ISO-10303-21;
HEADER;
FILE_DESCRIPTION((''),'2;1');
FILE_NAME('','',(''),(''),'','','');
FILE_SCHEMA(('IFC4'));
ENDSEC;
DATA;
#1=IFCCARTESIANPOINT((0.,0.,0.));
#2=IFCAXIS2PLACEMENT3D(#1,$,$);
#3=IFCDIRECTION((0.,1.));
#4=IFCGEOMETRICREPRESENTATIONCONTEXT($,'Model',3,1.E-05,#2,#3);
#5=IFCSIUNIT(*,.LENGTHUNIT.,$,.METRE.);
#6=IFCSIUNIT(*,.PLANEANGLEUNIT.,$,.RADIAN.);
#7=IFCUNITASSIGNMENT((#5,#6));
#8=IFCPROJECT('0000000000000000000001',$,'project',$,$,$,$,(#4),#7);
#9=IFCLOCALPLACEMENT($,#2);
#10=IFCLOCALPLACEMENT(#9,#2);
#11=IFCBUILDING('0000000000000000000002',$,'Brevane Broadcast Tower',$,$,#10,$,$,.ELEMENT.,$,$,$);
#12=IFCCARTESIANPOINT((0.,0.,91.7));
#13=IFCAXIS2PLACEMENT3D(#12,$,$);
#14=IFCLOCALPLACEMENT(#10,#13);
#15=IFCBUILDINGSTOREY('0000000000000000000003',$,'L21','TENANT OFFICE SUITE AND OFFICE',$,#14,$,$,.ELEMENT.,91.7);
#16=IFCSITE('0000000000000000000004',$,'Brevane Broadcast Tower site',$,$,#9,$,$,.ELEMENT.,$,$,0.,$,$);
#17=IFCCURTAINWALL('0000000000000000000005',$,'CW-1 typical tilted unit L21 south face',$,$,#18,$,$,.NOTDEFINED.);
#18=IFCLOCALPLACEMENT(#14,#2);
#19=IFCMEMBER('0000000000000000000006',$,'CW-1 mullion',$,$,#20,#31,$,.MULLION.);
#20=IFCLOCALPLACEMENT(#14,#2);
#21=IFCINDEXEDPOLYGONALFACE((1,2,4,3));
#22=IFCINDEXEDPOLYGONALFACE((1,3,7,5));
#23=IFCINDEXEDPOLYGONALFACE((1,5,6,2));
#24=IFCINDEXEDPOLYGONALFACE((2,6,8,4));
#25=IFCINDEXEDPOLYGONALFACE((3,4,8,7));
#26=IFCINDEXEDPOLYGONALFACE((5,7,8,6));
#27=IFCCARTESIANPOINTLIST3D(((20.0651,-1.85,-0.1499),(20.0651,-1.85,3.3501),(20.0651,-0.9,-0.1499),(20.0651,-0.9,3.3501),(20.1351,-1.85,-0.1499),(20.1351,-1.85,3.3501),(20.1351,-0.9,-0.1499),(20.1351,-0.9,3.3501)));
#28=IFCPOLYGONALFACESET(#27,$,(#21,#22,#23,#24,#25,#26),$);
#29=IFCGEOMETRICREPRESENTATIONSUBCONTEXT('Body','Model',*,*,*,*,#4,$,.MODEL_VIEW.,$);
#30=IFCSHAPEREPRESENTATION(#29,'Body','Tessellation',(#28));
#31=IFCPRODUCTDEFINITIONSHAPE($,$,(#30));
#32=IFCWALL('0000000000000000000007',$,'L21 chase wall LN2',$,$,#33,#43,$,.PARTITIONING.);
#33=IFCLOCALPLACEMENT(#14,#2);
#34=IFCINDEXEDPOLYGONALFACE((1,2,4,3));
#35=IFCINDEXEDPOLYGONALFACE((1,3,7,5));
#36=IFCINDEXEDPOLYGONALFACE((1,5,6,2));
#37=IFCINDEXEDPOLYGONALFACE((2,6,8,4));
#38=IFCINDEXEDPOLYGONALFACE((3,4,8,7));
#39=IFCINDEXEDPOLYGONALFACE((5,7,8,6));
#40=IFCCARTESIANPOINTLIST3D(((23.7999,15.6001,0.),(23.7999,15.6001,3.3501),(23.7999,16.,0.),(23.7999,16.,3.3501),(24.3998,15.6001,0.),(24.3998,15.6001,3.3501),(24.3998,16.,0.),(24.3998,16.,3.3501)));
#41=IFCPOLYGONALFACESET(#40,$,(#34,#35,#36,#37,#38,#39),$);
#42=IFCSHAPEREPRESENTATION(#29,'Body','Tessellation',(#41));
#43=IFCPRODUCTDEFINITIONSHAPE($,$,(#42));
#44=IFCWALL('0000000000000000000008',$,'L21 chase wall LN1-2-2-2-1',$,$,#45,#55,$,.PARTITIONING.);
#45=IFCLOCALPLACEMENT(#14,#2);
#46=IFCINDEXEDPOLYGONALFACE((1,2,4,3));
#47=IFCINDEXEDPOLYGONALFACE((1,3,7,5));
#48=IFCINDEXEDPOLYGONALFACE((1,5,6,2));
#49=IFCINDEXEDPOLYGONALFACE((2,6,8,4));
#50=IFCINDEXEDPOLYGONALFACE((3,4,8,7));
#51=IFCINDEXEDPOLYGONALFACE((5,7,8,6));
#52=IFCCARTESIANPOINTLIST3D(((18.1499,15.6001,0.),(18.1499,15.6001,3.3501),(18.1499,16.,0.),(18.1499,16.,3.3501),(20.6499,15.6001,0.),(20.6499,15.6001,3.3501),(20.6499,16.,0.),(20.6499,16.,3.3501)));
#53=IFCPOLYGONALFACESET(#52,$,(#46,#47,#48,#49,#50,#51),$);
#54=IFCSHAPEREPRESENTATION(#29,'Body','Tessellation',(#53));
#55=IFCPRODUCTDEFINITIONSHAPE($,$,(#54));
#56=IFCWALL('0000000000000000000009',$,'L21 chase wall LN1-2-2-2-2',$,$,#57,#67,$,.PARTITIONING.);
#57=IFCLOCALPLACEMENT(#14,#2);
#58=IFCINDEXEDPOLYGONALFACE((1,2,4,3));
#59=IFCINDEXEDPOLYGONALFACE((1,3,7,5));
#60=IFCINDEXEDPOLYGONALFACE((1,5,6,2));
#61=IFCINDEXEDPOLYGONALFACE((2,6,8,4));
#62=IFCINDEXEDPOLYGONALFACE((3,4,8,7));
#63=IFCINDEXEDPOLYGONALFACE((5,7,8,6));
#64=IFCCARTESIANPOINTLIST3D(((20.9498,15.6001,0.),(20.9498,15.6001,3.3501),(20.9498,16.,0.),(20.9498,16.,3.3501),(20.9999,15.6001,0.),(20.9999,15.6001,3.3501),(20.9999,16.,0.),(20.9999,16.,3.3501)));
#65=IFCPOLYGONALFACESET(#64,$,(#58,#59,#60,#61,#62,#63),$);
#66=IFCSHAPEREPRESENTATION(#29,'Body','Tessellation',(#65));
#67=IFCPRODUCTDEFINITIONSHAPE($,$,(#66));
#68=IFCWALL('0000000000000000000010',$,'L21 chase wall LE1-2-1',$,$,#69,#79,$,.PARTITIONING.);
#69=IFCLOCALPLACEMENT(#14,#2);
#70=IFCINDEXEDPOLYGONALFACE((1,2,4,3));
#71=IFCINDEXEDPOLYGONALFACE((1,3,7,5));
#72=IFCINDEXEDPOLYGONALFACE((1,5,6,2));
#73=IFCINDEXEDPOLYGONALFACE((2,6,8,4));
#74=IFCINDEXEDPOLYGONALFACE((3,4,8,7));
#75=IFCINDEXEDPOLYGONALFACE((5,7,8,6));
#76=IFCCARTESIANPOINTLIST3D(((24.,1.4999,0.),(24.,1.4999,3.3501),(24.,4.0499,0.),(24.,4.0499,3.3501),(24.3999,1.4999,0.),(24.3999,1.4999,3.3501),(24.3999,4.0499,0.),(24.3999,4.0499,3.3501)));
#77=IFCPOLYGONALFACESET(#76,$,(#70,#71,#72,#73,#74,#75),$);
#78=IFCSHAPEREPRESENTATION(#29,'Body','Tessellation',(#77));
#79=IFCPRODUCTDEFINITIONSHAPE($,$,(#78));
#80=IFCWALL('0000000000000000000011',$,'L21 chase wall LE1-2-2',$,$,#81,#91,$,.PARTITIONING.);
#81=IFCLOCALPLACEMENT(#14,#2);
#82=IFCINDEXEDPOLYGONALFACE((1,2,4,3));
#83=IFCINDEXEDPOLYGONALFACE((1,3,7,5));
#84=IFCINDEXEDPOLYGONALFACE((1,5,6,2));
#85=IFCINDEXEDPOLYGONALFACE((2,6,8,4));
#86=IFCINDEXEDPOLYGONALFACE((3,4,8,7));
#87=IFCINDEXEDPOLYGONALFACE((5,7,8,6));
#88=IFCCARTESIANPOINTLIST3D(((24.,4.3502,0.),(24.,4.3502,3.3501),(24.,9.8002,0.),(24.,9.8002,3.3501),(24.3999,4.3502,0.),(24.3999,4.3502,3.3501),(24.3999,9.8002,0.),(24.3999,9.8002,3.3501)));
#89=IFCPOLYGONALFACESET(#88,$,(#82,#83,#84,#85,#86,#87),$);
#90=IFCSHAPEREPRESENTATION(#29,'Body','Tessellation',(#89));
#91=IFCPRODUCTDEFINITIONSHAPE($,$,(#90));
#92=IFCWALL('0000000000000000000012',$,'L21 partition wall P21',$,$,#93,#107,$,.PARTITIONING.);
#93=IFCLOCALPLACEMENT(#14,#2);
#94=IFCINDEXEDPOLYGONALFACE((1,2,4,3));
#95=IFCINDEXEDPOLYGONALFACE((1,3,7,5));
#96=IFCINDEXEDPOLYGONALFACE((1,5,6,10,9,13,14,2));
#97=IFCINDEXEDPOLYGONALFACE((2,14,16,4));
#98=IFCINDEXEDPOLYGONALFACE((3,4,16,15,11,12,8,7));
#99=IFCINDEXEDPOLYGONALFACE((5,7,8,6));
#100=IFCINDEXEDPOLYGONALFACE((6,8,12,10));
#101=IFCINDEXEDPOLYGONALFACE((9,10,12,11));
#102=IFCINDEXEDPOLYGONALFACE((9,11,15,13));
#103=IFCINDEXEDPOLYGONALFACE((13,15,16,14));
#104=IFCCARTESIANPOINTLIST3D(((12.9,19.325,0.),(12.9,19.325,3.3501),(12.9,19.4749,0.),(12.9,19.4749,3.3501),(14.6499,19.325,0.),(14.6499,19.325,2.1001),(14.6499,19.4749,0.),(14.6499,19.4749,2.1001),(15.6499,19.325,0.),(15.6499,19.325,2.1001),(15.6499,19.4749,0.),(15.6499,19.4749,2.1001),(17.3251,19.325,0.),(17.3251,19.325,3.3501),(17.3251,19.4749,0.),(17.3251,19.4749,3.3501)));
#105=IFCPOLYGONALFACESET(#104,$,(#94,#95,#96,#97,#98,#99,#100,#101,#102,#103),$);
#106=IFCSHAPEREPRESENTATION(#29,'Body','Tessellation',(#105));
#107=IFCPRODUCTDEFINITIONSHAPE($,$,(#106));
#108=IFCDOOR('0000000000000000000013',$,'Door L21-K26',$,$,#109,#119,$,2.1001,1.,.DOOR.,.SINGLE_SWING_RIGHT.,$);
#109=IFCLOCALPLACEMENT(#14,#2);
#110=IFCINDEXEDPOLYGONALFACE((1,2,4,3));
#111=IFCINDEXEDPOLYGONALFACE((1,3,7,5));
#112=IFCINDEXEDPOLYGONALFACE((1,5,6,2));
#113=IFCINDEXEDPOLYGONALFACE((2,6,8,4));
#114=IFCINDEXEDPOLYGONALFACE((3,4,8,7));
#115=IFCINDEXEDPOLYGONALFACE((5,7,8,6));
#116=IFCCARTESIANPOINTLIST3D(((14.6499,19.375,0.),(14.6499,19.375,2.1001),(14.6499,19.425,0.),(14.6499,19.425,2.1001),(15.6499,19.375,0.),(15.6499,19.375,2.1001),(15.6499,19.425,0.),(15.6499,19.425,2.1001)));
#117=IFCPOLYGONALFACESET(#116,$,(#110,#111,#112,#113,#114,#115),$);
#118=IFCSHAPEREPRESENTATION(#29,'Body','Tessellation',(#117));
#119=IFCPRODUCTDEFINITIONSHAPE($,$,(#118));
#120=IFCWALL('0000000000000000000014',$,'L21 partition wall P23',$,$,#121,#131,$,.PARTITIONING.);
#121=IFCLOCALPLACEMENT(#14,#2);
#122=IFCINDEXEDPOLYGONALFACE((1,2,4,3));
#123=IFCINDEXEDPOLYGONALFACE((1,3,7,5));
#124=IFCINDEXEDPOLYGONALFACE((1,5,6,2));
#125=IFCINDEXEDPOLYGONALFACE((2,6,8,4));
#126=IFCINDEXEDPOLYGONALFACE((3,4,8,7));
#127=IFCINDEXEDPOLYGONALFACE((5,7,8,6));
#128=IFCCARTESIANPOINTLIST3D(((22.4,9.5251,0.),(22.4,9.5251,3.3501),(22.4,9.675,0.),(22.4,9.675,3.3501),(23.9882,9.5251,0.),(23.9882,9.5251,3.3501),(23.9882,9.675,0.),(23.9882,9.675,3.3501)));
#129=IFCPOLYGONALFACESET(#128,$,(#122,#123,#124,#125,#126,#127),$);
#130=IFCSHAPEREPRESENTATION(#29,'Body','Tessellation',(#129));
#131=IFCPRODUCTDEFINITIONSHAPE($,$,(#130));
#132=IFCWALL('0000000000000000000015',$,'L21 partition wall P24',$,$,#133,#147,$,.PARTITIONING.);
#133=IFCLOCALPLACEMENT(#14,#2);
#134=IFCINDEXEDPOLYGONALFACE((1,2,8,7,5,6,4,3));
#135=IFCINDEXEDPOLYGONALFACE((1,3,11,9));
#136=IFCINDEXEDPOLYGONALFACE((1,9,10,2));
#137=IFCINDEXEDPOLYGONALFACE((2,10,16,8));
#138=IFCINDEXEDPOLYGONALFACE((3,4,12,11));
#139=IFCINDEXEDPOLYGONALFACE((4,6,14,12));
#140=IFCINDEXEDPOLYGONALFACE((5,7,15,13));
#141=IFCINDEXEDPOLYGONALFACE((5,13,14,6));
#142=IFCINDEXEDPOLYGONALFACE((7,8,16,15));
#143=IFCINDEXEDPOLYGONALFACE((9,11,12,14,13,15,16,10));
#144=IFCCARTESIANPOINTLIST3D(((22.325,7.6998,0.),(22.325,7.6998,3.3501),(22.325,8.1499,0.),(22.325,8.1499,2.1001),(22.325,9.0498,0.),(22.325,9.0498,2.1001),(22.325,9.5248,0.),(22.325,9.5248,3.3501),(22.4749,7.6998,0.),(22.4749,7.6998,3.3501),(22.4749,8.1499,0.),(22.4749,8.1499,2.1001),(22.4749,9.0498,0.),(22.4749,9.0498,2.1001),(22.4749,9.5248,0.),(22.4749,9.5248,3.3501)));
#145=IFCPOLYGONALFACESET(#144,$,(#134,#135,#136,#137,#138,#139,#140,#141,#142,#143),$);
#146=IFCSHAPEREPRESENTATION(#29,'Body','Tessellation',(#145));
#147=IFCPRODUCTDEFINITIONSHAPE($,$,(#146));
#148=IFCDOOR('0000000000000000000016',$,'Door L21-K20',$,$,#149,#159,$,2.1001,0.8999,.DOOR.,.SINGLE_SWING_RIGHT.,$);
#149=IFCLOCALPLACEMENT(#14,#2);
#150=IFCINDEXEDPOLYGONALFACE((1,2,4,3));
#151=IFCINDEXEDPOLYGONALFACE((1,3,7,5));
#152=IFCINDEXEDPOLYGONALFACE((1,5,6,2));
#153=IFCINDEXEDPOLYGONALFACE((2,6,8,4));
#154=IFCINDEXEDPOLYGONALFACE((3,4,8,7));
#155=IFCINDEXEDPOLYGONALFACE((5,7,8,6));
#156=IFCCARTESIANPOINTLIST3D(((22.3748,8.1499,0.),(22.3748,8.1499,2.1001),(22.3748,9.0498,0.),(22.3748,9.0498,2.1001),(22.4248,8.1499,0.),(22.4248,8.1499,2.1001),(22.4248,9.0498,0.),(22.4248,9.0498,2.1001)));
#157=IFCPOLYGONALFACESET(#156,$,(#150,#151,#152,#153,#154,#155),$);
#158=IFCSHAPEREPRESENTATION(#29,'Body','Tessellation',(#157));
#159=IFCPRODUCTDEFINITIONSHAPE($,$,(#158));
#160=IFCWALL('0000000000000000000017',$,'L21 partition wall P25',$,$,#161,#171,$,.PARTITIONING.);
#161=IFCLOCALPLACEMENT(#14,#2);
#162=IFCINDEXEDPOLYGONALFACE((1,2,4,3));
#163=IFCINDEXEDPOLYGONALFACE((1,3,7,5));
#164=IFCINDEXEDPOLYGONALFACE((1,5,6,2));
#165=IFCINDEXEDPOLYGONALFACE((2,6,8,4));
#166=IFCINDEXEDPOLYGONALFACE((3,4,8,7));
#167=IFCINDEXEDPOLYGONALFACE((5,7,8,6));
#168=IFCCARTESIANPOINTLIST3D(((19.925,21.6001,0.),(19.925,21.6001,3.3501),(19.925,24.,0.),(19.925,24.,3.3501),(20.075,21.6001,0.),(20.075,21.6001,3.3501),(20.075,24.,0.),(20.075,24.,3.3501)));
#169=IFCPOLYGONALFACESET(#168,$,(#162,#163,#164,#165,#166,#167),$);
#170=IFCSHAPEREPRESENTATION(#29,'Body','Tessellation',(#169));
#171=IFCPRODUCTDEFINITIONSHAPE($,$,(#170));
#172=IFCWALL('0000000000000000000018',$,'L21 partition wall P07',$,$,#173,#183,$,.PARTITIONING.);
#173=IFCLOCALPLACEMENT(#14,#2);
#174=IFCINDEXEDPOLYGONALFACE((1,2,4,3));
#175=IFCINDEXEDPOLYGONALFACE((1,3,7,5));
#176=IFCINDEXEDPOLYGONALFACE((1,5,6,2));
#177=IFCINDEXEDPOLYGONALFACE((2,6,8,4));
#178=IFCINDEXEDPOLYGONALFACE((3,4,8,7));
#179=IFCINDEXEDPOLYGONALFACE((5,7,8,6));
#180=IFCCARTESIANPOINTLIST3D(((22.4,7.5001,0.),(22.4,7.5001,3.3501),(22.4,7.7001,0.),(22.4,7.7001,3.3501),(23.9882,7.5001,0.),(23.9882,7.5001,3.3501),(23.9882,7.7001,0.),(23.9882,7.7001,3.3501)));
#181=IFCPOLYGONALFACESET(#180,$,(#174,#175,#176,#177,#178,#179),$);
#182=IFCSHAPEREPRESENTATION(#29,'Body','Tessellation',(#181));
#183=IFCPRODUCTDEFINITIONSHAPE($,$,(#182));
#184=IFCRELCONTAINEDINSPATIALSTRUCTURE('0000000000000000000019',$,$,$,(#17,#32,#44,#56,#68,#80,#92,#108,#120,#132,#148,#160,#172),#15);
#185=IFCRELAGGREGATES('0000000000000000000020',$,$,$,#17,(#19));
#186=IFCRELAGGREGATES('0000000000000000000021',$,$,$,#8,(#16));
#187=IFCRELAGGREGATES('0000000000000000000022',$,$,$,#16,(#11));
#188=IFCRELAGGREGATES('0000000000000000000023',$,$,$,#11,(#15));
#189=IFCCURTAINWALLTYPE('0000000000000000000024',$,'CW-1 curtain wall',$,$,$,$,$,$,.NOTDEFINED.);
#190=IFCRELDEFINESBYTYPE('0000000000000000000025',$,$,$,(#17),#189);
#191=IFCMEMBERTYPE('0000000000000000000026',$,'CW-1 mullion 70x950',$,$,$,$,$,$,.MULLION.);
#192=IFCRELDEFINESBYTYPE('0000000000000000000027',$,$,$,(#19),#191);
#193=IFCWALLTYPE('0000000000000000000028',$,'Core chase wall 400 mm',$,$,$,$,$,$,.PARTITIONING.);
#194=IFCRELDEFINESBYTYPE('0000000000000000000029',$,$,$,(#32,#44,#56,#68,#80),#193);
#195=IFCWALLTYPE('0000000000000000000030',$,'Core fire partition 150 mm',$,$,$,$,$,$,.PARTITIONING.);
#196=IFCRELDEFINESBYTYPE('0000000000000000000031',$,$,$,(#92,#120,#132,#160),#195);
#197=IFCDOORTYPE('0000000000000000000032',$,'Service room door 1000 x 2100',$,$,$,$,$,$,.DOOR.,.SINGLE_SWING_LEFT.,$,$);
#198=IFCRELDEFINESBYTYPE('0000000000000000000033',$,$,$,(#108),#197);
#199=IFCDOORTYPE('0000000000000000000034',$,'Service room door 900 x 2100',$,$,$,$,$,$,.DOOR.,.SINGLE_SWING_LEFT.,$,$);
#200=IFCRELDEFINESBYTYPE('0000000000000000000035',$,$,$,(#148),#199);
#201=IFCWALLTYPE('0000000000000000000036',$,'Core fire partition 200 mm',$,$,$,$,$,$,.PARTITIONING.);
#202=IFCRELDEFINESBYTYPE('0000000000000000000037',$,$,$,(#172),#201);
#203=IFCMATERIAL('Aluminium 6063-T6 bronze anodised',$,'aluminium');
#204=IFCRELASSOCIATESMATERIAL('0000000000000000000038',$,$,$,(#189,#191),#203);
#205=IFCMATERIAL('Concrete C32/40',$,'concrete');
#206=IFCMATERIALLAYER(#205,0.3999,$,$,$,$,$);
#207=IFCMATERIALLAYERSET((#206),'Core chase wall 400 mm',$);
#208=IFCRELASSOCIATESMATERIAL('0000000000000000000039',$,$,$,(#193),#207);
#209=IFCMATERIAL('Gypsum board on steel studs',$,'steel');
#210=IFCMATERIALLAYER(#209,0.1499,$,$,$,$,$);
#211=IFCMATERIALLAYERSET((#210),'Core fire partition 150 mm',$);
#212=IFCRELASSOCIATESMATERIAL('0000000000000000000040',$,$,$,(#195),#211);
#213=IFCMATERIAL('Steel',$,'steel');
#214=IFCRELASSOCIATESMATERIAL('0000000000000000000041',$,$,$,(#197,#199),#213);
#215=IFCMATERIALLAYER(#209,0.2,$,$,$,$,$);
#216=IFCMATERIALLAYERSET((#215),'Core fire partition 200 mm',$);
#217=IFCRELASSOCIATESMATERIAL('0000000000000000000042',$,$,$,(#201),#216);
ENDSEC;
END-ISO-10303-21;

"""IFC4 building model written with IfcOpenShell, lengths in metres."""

from ifc_helpers import new_model, si_unit, direction, frame, frame_2d, origin, origin_2d, place, context, subcontext, project, spatial, rectangle, extrude, material, layer, layer_set, material_profile, profile_set, type_object, element, fill, aggregate, save


model = new_model("IFC4")

# Units and contexts
model_context = context("Model", 3, precision=1e-05, world=origin(), true_north=direction((0.0, 1.0)))
body_context = subcontext(model_context, "Body", "Model", "MODEL_VIEW")
ifc_project = project(units=[si_unit("LENGTHUNIT", "METRE"), si_unit("PLANEANGLEUNIT", "RADIAN")], contexts=[model_context])

# Site, building, storey
site_placement = place(None, origin())
site = spatial("IfcSite", under=ifc_project, at=site_placement, Name="Brevane Broadcast Tower site", CompositionType="ELEMENT", RefElevation=0.0)
building_placement = place(site_placement, origin())
building = spatial("IfcBuilding", under=site, at=building_placement, Name="Brevane Broadcast Tower", CompositionType="ELEMENT")
storey_placement = place(building_placement, frame((0.0, 0.0, 91.7)))
storey = spatial("IfcBuildingStorey", under=building, at=storey_placement, Name="L21", Description="TENANT OFFICE SUITE AND OFFICE", CompositionType="ELEMENT", Elevation=91.7)

# Curtain wall, member
ifc_material_1 = material(Name="Aluminium 6063-T6 bronze anodised", Category="aluminium")
curtain_wall_type = type_object("IfcCurtainWallType", Name="CW-1 curtain wall", PredefinedType="NOTDEFINED", material=ifc_material_1)
curtain_wall_placement = place(storey_placement, origin())
curtain_wall = element("IfcCurtainWall", 1, at=curtain_wall_placement, inside=storey, type_object=curtain_wall_type, Name="CW-1 typical tilted unit L21 south face", PredefinedType="NOTDEFINED")
ifc_material_profile = material_profile(ifc_material_1, rectangle(XDim=0.95, YDim=0.0701, at=origin_2d()), Name="RECT 70x950")
ifc_profile_set = profile_set([ifc_material_profile], Name="Aluminium 6063-T6 bronze anodised")
member_type = type_object("IfcMemberType", Name="CW-1 mullion 70x950", PredefinedType="MULLION", material=ifc_profile_set)
member_placement = place(storey_placement, frame((20.1001, -1.375, -0.1499), z_axis=(0.0, 0.0, 1.0), x_axis=(0.0, 1.0, 0.0)))
member = element("IfcMember", 2, at=member_placement, type_object=member_type, Name="CW-1 mullion", PredefinedType="MULLION", context=body_context, shape_type="SweptSolid", body=[
    extrude(rectangle(XDim=0.95, YDim=0.0701, at=origin_2d()), origin(), (0.0, 0.0, 1.0), 3.5),
])
aggregate(curtain_wall, [member])

# Walls
ifc_material_2 = material(Name="Concrete C32/40", Category="concrete")
ifc_layer_1 = layer(ifc_material_2, 0.3999)
ifc_layer_set_1 = layer_set([ifc_layer_1], Name="Core chase wall 400 mm")
wall_type_1 = type_object("IfcWallType", Name="Core chase wall 400 mm", PredefinedType="PARTITIONING", material=ifc_layer_set_1)
wall_1_placement = place(storey_placement, frame((23.8, 15.8, 0.0), z_axis=(0.0, 0.0, 1.0), x_axis=(1.0, 0.0, 0.0)))
element("IfcWall", 3, at=wall_1_placement, inside=storey, type_object=wall_type_1, Name="L21 chase wall LN2", PredefinedType="PARTITIONING", context=body_context, shape_type="SweptSolid", body=[
    extrude(rectangle(XDim=0.5999, YDim=0.3999, at=frame_2d((0.2998, 0.0))), origin(), (0.0, 0.0, 1.0), 3.3501),
])
wall_2_placement = place(storey_placement, frame((18.1499, 15.8, 0.0), z_axis=(0.0, 0.0, 1.0), x_axis=(1.0, 0.0, 0.0)))
element("IfcWall", 4, at=wall_2_placement, inside=storey, type_object=wall_type_1, Name="L21 chase wall LN1-2-2-2-1", PredefinedType="PARTITIONING", context=body_context, shape_type="SweptSolid", body=[
    extrude(rectangle(XDim=2.5, YDim=0.3999, at=frame_2d((1.25, 0.0))), origin(), (0.0, 0.0, 1.0), 3.3501),
])
wall_3_placement = place(storey_placement, frame((20.95, 15.8, 0.0), z_axis=(0.0, 0.0, 1.0), x_axis=(1.0, 0.0, 0.0)))
element("IfcWall", 5, at=wall_3_placement, inside=storey, type_object=wall_type_1, Name="L21 chase wall LN1-2-2-2-2", PredefinedType="PARTITIONING", context=body_context, shape_type="SweptSolid", body=[
    extrude(rectangle(XDim=0.05, YDim=0.3999, at=frame_2d((0.0249, 0.0))), origin(), (0.0, 0.0, 1.0), 3.3501),
])
wall_4_placement = place(storey_placement, frame((24.2, 1.5, 0.0), z_axis=(0.0, 0.0, 1.0), x_axis=(0.0, 1.0, 0.0)))
element("IfcWall", 6, at=wall_4_placement, inside=storey, type_object=wall_type_1, Name="L21 chase wall LE1-2-1", PredefinedType="PARTITIONING", context=body_context, shape_type="SweptSolid", body=[
    extrude(rectangle(XDim=2.55, YDim=0.3999, at=frame_2d((1.2749, 0.0))), origin(), (0.0, 0.0, 1.0), 3.3501),
])
wall_5_placement = place(storey_placement, frame((24.2, 4.3501, 0.0), z_axis=(0.0, 0.0, 1.0), x_axis=(0.0, 1.0, 0.0)))
element("IfcWall", 7, at=wall_5_placement, inside=storey, type_object=wall_type_1, Name="L21 chase wall LE1-2-2", PredefinedType="PARTITIONING", context=body_context, shape_type="SweptSolid", body=[
    extrude(rectangle(XDim=5.45, YDim=0.3999, at=frame_2d((2.7251, 0.0))), origin(), (0.0, 0.0, 1.0), 3.3501),
])

# Wall, opening, door
ifc_material_3 = material(Name="Gypsum board on steel studs", Category="steel")
ifc_layer_2 = layer(ifc_material_3, 0.1499)
ifc_layer_set_2 = layer_set([ifc_layer_2], Name="Core fire partition 150 mm")
wall_type_2 = type_object("IfcWallType", Name="Core fire partition 150 mm", PredefinedType="PARTITIONING", material=ifc_layer_set_2)
wall_6_placement = place(storey_placement, frame((17.325, 19.3999, 0.0), z_axis=(0.0, 0.0, 1.0), x_axis=(-1.0, 0.0, 0.0)))
wall_6 = element("IfcWall", 8, at=wall_6_placement, inside=storey, type_object=wall_type_2, Name="L21 partition wall P21", PredefinedType="PARTITIONING", context=body_context, shape_type="SweptSolid", body=[
    extrude(rectangle(XDim=4.425, YDim=0.1499, at=frame_2d((2.2124, 0.0))), origin(), (0.0, 0.0, 1.0), 3.3501),
])
opening_1_placement = place(wall_6_placement, frame((1.675, 0.0, 0.0)))
opening_1 = element("IfcOpeningElement", 9, at=opening_1_placement, cuts=wall_6, PredefinedType="OPENING", context=body_context, shape_type="SweptSolid", body=[
    extrude(rectangle(XDim=1.0, YDim=2.1001, at=frame_2d((0.5, 1.05))), frame((0.0, 0.085, 0.0), z_axis=(0.0, -1.0, 0.0), x_axis=(1.0, 0.0, 0.0)), (0.0, 0.0, 1.0), 0.1699),
])
ifc_material_4 = material(Name="Steel", Category="steel")
door_type_1 = type_object("IfcDoorType", Name="Service room door 1000 x 2100", OperationType="SINGLE_SWING_LEFT", PredefinedType="DOOR", material=ifc_material_4)
door_1_placement = place(opening_1_placement, origin())
door_1 = element("IfcDoor", 10, at=door_1_placement, inside=storey, type_object=door_type_1, Name="Door L21-K26", OperationType="SINGLE_SWING_RIGHT", OverallHeight=2.1001, OverallWidth=1.0, PredefinedType="DOOR", context=body_context, shape_type="SweptSolid", body=[
    extrude(rectangle(XDim=1.0, YDim=2.1001, at=frame_2d((0.5, 1.05))), frame((0.0, 0.0249, 0.0), z_axis=(0.0, -1.0, 0.0), x_axis=(1.0, 0.0, 0.0)), (0.0, 0.0, 1.0), 0.05),
])
fill(opening_1, door_1)

# Wall
wall_7_placement = place(storey_placement, frame((23.988, 9.6001, 0.0), z_axis=(0.0, 0.0, 1.0), x_axis=(-1.0, 0.0, 0.0)))
element("IfcWall", 11, at=wall_7_placement, inside=storey, type_object=wall_type_2, Name="L21 partition wall P23", PredefinedType="PARTITIONING", context=body_context, shape_type="SweptSolid", body=[
    extrude(rectangle(XDim=1.5881, YDim=0.1499, at=frame_2d((0.7939, 0.0))), origin(), (0.0, 0.0, 1.0), 3.3501),
])

# Wall, opening, door
wall_8_placement = place(storey_placement, frame((22.3999, 9.5249, 0.0), z_axis=(0.0, 0.0, 1.0), x_axis=(0.0, -1.0, 0.0)))
wall_8 = element("IfcWall", 12, at=wall_8_placement, inside=storey, type_object=wall_type_2, Name="L21 partition wall P24", PredefinedType="PARTITIONING", context=body_context, shape_type="SweptSolid", body=[
    extrude(rectangle(XDim=1.825, YDim=0.1499, at=frame_2d((0.9126, 0.0))), origin(), (0.0, 0.0, 1.0), 3.3501),
])
opening_2_placement = place(wall_8_placement, frame((0.4751, 0.0, 0.0)))
opening_2 = element("IfcOpeningElement", 13, at=opening_2_placement, cuts=wall_8, PredefinedType="OPENING", context=body_context, shape_type="SweptSolid", body=[
    extrude(rectangle(XDim=0.8999, YDim=2.1001, at=frame_2d((0.45, 1.05))), frame((0.0, 0.085, 0.0), z_axis=(0.0, -1.0, 0.0), x_axis=(1.0, 0.0, 0.0)), (0.0, 0.0, 1.0), 0.1699),
])
door_type_2 = type_object("IfcDoorType", Name="Service room door 900 x 2100", OperationType="SINGLE_SWING_LEFT", PredefinedType="DOOR", material=ifc_material_4)
door_2_placement = place(opening_2_placement, origin())
door_2 = element("IfcDoor", 14, at=door_2_placement, inside=storey, type_object=door_type_2, Name="Door L21-K20", OperationType="SINGLE_SWING_RIGHT", OverallHeight=2.1001, OverallWidth=0.8999, PredefinedType="DOOR", context=body_context, shape_type="SweptSolid", body=[
    extrude(rectangle(XDim=0.8999, YDim=2.1001, at=frame_2d((0.45, 1.05))), frame((0.0, 0.0249, 0.0), z_axis=(0.0, -1.0, 0.0), x_axis=(1.0, 0.0, 0.0)), (0.0, 0.0, 1.0), 0.05),
])
fill(opening_2, door_2)

# Walls
wall_9_placement = place(storey_placement, frame((20.0, 21.6001, 0.0), z_axis=(0.0, 0.0, 1.0), x_axis=(0.0, 1.0, 0.0)))
element("IfcWall", 15, at=wall_9_placement, inside=storey, type_object=wall_type_2, Name="L21 partition wall P25", PredefinedType="PARTITIONING", context=body_context, shape_type="SweptSolid", body=[
    extrude(rectangle(XDim=2.3999, YDim=0.1499, at=frame_2d((1.2, 0.0))), origin(), (0.0, 0.0, 1.0), 3.3501),
])
ifc_layer_3 = layer(ifc_material_3, 0.2)
ifc_layer_set_3 = layer_set([ifc_layer_3], Name="Core fire partition 200 mm")
wall_type_3 = type_object("IfcWallType", Name="Core fire partition 200 mm", PredefinedType="PARTITIONING", material=ifc_layer_set_3)
wall_10_placement = place(storey_placement, frame((23.988, 7.6001, 0.0), z_axis=(0.0, 0.0, 1.0), x_axis=(-1.0, 0.0, 0.0)))
element("IfcWall", 16, at=wall_10_placement, inside=storey, type_object=wall_type_3, Name="L21 partition wall P07", PredefinedType="PARTITIONING", context=body_context, shape_type="SweptSolid", body=[
    extrude(rectangle(XDim=1.5881, YDim=0.2, at=frame_2d((0.7939, 0.0))), origin(), (0.0, 0.0, 1.0), 3.3501),
])

save(model, "model.ifc")
